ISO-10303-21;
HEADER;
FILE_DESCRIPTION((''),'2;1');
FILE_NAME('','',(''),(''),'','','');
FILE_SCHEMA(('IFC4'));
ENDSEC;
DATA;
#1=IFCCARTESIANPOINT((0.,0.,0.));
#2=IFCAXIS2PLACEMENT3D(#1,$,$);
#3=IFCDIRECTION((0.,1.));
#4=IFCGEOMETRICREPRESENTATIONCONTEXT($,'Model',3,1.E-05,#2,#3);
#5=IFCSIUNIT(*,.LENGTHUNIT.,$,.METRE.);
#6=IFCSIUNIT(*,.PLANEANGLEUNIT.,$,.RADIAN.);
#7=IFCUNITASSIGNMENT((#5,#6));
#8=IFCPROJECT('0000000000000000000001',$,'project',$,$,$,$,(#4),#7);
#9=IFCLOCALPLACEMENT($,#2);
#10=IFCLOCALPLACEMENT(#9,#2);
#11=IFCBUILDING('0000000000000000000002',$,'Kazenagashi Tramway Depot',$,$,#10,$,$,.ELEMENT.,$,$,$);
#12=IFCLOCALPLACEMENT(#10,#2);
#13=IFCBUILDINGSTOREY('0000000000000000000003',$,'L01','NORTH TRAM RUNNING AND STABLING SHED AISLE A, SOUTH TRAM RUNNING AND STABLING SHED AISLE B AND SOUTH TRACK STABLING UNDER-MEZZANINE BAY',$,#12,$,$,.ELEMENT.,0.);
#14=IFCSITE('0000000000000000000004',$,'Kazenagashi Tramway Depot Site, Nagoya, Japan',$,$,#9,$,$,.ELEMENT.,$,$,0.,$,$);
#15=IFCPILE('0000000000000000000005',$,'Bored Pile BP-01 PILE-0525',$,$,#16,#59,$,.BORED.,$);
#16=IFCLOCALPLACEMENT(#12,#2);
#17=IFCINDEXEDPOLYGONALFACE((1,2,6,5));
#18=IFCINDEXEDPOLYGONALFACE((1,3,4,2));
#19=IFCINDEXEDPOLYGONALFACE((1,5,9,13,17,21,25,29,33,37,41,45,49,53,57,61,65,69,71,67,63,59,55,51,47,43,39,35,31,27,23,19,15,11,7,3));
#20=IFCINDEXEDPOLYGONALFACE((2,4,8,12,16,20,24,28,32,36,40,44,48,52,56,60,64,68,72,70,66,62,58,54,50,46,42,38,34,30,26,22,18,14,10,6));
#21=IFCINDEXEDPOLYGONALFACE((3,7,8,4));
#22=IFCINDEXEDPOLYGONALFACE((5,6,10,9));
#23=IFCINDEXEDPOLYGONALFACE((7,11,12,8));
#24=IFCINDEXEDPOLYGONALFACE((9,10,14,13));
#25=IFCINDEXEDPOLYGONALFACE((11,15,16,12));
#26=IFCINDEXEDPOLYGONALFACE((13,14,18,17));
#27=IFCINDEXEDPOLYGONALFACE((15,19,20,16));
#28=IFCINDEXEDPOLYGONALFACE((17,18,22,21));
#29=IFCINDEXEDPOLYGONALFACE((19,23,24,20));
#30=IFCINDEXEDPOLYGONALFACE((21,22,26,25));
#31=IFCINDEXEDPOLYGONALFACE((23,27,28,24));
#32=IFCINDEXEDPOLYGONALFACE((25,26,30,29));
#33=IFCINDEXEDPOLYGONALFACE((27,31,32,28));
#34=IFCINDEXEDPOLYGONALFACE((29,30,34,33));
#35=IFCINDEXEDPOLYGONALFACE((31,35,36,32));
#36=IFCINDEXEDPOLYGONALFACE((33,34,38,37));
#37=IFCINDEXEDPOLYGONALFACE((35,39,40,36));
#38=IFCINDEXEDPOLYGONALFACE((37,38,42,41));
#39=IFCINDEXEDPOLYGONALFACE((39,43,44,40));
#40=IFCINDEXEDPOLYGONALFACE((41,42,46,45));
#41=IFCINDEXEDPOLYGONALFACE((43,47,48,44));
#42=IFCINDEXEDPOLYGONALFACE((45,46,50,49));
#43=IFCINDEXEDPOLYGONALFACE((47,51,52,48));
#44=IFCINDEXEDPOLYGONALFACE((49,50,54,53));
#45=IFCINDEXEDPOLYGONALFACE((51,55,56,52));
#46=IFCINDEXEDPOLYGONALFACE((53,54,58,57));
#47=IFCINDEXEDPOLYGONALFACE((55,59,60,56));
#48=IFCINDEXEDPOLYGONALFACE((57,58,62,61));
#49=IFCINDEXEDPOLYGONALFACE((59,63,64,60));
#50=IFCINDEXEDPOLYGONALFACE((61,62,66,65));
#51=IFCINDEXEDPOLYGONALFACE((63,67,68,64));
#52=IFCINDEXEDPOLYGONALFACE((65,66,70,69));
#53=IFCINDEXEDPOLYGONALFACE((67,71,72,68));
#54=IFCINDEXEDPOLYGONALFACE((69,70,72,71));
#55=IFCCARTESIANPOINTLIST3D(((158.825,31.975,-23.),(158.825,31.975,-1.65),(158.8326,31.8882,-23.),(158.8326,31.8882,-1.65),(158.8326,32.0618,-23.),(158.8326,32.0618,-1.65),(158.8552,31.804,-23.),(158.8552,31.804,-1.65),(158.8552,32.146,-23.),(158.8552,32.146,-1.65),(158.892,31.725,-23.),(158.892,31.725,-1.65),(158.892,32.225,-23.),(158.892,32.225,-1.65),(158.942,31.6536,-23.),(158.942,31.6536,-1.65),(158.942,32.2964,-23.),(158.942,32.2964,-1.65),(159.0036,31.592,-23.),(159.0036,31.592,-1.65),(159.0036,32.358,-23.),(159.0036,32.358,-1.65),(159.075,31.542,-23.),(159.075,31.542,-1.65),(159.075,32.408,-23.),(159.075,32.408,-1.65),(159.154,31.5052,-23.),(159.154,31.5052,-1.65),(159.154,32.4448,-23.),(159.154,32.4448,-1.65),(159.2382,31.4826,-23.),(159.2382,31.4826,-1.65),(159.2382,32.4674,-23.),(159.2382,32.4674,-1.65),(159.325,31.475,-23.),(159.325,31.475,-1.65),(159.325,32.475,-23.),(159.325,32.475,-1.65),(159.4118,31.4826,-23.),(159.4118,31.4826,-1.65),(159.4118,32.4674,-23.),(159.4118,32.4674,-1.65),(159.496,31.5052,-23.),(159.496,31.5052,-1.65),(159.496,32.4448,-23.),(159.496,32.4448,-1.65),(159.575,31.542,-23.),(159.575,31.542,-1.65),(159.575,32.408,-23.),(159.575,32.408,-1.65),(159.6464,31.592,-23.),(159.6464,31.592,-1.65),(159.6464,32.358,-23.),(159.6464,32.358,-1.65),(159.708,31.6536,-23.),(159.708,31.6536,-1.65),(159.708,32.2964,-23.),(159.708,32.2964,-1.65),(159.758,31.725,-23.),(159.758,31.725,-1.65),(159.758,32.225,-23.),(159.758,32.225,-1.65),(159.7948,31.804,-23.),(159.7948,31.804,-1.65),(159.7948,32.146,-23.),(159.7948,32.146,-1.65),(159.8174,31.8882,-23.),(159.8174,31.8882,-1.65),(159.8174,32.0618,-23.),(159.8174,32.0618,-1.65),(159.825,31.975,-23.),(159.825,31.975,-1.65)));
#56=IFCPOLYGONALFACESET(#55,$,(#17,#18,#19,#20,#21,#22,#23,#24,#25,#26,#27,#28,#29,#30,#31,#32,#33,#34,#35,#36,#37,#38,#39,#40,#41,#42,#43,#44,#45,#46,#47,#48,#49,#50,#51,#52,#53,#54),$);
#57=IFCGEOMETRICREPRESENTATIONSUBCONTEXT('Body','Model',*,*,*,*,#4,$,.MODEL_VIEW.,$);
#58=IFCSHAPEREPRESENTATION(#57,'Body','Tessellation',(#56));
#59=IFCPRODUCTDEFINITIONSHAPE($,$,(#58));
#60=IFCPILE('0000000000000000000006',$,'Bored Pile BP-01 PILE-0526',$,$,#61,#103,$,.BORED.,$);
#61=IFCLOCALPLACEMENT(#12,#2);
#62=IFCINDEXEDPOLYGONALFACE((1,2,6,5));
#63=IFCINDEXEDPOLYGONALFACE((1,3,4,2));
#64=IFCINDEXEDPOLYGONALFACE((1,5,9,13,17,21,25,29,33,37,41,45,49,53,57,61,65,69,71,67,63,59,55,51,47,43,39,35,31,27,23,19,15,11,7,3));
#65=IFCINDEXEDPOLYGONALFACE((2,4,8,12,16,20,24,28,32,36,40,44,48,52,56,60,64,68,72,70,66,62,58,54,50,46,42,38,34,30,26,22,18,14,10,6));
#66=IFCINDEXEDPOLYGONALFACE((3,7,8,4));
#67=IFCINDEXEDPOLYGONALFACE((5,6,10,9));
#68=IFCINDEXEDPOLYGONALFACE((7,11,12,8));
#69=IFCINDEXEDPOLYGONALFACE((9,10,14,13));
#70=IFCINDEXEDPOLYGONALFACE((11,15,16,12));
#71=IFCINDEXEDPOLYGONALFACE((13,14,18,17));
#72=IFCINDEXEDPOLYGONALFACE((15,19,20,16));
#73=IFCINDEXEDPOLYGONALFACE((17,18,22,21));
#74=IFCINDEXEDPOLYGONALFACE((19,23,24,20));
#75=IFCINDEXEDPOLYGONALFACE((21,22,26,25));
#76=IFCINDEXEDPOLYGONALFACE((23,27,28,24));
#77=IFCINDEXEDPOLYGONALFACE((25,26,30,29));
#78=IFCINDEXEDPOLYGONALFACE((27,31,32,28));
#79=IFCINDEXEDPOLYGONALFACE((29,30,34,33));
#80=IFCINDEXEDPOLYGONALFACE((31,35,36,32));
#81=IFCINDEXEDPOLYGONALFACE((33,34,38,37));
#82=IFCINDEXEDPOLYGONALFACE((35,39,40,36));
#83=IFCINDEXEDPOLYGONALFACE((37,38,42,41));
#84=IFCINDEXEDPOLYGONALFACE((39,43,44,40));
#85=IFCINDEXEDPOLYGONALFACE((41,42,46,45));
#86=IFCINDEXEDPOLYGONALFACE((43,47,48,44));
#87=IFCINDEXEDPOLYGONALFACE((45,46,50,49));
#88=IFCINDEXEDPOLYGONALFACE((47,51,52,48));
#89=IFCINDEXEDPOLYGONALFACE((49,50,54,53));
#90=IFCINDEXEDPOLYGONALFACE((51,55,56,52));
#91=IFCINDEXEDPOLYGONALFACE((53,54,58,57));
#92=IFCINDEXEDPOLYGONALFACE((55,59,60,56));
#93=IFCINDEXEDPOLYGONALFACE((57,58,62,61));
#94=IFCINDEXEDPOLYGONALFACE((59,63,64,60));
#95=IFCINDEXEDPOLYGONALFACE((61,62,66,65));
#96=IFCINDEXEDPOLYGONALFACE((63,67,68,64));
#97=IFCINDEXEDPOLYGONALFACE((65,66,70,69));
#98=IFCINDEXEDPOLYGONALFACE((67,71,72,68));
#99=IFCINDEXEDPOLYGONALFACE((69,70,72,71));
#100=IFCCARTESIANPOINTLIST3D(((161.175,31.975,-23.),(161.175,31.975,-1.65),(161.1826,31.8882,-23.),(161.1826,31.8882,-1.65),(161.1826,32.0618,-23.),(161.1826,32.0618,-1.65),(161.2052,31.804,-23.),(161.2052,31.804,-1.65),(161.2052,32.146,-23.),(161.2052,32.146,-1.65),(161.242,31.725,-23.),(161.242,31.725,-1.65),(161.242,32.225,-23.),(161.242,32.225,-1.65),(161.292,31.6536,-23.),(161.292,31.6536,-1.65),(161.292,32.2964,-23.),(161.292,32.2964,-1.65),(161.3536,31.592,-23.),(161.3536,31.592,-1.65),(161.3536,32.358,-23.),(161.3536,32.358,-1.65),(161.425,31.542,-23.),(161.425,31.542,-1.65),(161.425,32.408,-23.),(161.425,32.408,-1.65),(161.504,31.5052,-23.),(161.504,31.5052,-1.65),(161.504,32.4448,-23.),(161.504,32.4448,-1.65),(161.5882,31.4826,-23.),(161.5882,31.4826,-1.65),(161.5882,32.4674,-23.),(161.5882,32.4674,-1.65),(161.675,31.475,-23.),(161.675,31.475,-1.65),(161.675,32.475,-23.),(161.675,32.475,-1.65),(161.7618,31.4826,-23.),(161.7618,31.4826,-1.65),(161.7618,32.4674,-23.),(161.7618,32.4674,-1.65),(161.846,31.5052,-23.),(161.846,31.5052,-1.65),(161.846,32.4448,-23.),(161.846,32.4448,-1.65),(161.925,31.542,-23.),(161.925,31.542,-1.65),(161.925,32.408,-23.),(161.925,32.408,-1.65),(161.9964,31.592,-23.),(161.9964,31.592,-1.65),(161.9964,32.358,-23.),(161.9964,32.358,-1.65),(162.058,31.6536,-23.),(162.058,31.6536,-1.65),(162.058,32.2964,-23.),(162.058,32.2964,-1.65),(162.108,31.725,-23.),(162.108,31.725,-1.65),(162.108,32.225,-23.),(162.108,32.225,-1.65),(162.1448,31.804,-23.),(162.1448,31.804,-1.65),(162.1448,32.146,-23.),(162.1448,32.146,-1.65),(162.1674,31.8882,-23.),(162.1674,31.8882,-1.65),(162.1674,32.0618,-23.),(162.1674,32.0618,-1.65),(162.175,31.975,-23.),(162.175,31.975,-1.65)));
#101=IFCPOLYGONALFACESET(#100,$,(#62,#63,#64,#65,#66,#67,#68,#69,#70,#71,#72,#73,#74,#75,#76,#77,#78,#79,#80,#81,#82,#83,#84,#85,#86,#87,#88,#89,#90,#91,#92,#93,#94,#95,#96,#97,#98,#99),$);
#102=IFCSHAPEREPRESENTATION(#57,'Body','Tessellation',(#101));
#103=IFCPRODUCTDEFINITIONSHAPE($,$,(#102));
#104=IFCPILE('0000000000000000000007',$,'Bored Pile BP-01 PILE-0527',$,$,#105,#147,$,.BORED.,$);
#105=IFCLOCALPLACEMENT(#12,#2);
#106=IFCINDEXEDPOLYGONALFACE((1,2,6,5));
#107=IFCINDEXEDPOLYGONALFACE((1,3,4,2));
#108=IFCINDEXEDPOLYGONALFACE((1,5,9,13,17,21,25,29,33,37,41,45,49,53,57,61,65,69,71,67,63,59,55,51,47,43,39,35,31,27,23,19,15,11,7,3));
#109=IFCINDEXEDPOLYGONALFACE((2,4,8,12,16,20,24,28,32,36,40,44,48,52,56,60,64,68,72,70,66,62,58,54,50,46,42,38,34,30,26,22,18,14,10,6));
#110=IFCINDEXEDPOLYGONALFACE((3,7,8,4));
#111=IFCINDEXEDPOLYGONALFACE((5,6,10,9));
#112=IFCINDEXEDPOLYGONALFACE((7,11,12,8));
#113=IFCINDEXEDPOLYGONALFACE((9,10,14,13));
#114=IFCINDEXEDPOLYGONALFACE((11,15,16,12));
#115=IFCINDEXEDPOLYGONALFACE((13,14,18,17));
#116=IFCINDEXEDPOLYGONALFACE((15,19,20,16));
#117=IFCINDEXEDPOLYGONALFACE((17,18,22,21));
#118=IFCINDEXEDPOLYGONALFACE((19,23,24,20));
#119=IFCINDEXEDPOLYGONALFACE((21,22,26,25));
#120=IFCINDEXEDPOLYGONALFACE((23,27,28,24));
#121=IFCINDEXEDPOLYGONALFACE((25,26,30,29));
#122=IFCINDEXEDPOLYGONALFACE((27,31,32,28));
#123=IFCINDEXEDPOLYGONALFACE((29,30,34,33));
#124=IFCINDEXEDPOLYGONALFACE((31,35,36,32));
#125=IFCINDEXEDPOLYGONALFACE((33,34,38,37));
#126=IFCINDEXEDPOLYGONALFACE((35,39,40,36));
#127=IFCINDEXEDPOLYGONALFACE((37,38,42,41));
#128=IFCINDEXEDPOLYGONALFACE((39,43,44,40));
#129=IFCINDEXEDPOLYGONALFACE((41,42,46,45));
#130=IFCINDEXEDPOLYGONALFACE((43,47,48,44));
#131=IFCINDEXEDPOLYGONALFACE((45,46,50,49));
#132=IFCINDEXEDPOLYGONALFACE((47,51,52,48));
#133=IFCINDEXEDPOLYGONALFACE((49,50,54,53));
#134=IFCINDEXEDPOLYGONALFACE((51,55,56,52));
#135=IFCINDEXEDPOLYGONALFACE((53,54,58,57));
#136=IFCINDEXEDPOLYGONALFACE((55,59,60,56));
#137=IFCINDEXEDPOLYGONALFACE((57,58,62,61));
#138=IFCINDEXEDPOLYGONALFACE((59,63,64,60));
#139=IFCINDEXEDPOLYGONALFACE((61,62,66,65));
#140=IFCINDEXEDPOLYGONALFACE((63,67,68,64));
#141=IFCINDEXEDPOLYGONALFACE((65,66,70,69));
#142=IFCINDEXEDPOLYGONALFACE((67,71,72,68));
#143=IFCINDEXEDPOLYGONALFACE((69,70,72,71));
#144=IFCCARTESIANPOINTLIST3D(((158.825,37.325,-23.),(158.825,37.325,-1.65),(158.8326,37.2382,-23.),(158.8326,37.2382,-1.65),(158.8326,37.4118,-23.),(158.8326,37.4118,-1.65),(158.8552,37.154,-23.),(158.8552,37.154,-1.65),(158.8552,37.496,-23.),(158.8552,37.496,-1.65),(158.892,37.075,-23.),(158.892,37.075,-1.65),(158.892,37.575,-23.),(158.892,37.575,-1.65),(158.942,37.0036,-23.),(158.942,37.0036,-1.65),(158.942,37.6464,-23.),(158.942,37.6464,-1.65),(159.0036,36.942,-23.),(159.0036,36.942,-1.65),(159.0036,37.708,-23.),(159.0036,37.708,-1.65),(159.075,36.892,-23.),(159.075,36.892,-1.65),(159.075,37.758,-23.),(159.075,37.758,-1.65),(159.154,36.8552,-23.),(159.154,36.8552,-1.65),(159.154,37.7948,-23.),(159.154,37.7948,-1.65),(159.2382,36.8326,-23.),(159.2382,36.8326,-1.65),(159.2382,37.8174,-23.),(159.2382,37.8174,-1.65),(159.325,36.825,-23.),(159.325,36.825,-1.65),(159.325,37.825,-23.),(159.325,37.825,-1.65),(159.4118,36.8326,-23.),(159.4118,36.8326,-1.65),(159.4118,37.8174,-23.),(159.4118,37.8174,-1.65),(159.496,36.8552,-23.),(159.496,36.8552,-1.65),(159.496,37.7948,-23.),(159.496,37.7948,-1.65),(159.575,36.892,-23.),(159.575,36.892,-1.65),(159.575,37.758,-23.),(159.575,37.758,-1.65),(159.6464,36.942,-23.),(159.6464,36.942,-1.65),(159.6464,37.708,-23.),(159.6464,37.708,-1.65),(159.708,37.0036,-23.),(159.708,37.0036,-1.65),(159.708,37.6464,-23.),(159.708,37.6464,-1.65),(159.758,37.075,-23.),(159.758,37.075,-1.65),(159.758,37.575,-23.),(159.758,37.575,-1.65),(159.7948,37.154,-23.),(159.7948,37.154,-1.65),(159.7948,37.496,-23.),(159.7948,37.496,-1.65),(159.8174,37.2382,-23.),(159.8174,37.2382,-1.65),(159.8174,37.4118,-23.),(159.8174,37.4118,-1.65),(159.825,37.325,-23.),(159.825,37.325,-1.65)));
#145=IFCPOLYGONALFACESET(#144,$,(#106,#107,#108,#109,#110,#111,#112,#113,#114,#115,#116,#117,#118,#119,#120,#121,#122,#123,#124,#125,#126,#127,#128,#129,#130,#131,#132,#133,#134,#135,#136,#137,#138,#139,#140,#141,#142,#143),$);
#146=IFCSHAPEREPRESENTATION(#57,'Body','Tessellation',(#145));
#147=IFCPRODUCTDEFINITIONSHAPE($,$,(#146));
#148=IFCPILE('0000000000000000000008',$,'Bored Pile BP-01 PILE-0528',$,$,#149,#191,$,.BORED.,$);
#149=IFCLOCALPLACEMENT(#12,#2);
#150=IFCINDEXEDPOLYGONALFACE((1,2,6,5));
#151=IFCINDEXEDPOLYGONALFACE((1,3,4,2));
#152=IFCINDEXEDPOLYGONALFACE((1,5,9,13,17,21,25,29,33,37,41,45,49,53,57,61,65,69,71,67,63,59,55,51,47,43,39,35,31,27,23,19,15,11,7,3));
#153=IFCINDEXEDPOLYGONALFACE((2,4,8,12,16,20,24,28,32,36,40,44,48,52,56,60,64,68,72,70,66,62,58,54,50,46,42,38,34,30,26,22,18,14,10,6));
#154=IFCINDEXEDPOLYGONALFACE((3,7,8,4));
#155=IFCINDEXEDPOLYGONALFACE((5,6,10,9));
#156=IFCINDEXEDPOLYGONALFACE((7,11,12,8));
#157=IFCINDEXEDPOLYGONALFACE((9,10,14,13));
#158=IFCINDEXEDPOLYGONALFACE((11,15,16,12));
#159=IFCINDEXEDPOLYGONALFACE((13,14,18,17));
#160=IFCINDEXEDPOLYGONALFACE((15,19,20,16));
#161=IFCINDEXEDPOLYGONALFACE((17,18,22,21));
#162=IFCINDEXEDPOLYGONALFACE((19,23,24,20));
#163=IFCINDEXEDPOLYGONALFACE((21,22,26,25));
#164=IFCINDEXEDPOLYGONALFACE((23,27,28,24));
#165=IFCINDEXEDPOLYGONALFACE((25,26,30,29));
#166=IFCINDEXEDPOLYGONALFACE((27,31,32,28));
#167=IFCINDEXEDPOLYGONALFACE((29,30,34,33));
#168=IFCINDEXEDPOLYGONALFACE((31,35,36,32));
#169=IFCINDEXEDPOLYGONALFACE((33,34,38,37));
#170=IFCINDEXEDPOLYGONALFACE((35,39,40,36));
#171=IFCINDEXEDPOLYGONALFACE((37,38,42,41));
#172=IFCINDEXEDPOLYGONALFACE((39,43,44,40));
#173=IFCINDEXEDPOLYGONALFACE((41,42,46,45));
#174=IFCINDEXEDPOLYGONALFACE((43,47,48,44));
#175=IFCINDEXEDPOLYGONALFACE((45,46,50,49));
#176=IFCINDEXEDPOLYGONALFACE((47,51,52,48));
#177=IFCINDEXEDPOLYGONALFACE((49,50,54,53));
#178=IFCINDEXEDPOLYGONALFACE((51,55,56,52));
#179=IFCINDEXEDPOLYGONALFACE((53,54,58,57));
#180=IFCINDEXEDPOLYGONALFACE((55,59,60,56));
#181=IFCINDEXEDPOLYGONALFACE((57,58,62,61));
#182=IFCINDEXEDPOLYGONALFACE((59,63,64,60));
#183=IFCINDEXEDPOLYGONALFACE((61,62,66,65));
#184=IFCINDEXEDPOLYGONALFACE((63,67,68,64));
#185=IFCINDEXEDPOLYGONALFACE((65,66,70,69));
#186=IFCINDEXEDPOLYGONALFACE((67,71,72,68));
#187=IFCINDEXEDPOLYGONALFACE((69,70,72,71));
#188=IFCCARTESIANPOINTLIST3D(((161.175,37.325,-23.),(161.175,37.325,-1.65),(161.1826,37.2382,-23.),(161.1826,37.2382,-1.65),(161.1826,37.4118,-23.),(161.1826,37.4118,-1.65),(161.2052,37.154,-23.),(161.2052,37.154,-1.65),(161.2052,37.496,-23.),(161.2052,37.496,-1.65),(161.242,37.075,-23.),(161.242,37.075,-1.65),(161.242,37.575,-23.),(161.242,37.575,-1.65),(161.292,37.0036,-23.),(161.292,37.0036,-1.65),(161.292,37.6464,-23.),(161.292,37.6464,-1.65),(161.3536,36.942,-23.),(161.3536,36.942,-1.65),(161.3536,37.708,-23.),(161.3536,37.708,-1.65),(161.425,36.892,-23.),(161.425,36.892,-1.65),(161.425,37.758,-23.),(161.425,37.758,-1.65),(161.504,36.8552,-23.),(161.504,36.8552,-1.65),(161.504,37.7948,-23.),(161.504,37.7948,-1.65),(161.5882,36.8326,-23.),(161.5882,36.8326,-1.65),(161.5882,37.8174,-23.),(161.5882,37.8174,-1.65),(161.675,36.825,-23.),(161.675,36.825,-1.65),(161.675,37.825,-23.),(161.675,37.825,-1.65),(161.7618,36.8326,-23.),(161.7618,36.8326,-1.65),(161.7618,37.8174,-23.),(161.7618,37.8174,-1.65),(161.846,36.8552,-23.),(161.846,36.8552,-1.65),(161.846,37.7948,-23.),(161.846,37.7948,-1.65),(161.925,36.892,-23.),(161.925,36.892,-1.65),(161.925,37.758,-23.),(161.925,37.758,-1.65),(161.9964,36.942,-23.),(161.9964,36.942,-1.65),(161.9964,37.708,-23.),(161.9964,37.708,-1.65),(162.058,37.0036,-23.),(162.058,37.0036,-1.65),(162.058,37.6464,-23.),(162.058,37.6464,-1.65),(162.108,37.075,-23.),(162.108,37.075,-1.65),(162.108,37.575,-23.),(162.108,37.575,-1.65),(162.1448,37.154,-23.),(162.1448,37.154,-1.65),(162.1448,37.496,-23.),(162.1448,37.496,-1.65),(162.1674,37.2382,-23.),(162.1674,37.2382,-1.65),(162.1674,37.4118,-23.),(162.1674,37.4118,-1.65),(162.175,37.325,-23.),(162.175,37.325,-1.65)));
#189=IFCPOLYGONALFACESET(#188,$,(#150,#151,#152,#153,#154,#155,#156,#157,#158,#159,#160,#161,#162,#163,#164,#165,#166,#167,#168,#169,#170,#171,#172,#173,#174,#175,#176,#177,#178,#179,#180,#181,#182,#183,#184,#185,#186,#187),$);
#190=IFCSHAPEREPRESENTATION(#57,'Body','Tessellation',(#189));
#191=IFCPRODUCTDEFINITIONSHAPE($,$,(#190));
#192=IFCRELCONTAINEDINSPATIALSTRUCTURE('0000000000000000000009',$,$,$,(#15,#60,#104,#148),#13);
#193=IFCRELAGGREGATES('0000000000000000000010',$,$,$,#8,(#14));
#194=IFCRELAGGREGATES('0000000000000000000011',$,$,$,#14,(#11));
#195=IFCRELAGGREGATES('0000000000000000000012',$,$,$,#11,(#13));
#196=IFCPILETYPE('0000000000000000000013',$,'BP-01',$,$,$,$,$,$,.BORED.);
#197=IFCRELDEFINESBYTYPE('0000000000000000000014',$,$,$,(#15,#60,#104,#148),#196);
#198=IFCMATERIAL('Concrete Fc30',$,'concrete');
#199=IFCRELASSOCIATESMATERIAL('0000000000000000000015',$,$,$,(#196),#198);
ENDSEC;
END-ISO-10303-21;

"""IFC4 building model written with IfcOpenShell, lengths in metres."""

from ifc_helpers import new_model, si_unit, direction, frame, origin, origin_2d, place, context, subcontext, project, spatial, circle, extrude, material, material_profile, profile_set, type_object, element, save


model = new_model("IFC4")

# Units and contexts
model_context = context("Model", 3, precision=1e-05, world=origin(), true_north=direction((0.0, 1.0)))
body_context = subcontext(model_context, "Body", "Model", "MODEL_VIEW")
ifc_project = project(units=[si_unit("LENGTHUNIT", "METRE"), si_unit("PLANEANGLEUNIT", "RADIAN")], contexts=[model_context])

# Site, building, storey
site_placement = place(None, origin())
site = spatial("IfcSite", under=ifc_project, at=site_placement, Name="Kazenagashi Tramway Depot Site, Nagoya, Japan", CompositionType="ELEMENT", RefElevation=0.0)
building_placement = place(site_placement, origin())
building = spatial("IfcBuilding", under=site, at=building_placement, Name="Kazenagashi Tramway Depot", CompositionType="ELEMENT")
storey_placement = place(building_placement, origin())
storey = spatial("IfcBuildingStorey", under=building, at=storey_placement, Name="L01", Description="NORTH TRAM RUNNING AND STABLING SHED AISLE A, SOUTH TRAM RUNNING AND STABLING SHED AISLE B AND SOUTH TRACK STABLING UNDER-MEZZANINE BAY", CompositionType="ELEMENT", Elevation=0.0)

# Piles
ifc_material_1 = material(Name="Concrete Fc30", Category="concrete")
ifc_material_profile_1 = material_profile(ifc_material_1, circle(Radius=0.5, at=origin_2d()), Name="PILE-1000")
ifc_profile_set_1 = profile_set([ifc_material_profile_1], Name="Concrete Fc30")
pile_type = type_object("IfcPileType", Name="BP-01", PredefinedType="BORED", material=ifc_profile_set_1)
for number, where, z_axis, x_axis, name in (
    (1, (159.325, 31.975, -1.65), (0.0, 0.0, -1.0), (1.0, 0.0, 0.0), "Bored Pile BP-01 PILE-0525"),
    (2, (161.675, 31.975, -1.65), (0.0, 0.0, -1.0), (1.0, 0.0, 0.0), "Bored Pile BP-01 PILE-0526"),
    (3, (159.325, 37.325, -1.65), (0.0, 0.0, -1.0), (1.0, 0.0, 0.0), "Bored Pile BP-01 PILE-0527"),
    (4, (161.675, 37.325, -1.65), (0.0, 0.0, -1.0), (1.0, 0.0, 0.0), "Bored Pile BP-01 PILE-0528"),
):
    element("IfcPile", number, at=place(storey_placement, frame(where, z_axis=z_axis, x_axis=x_axis)), inside=storey, type_object=pile_type, Name=name, PredefinedType="BORED", context=body_context, shape_type="SweptSolid", body=[
        extrude(circle(Radius=0.5, at=origin_2d()), origin(), (0.0, 0.0, 1.0), 21.35),
    ])

save(model, "model.ifc")
